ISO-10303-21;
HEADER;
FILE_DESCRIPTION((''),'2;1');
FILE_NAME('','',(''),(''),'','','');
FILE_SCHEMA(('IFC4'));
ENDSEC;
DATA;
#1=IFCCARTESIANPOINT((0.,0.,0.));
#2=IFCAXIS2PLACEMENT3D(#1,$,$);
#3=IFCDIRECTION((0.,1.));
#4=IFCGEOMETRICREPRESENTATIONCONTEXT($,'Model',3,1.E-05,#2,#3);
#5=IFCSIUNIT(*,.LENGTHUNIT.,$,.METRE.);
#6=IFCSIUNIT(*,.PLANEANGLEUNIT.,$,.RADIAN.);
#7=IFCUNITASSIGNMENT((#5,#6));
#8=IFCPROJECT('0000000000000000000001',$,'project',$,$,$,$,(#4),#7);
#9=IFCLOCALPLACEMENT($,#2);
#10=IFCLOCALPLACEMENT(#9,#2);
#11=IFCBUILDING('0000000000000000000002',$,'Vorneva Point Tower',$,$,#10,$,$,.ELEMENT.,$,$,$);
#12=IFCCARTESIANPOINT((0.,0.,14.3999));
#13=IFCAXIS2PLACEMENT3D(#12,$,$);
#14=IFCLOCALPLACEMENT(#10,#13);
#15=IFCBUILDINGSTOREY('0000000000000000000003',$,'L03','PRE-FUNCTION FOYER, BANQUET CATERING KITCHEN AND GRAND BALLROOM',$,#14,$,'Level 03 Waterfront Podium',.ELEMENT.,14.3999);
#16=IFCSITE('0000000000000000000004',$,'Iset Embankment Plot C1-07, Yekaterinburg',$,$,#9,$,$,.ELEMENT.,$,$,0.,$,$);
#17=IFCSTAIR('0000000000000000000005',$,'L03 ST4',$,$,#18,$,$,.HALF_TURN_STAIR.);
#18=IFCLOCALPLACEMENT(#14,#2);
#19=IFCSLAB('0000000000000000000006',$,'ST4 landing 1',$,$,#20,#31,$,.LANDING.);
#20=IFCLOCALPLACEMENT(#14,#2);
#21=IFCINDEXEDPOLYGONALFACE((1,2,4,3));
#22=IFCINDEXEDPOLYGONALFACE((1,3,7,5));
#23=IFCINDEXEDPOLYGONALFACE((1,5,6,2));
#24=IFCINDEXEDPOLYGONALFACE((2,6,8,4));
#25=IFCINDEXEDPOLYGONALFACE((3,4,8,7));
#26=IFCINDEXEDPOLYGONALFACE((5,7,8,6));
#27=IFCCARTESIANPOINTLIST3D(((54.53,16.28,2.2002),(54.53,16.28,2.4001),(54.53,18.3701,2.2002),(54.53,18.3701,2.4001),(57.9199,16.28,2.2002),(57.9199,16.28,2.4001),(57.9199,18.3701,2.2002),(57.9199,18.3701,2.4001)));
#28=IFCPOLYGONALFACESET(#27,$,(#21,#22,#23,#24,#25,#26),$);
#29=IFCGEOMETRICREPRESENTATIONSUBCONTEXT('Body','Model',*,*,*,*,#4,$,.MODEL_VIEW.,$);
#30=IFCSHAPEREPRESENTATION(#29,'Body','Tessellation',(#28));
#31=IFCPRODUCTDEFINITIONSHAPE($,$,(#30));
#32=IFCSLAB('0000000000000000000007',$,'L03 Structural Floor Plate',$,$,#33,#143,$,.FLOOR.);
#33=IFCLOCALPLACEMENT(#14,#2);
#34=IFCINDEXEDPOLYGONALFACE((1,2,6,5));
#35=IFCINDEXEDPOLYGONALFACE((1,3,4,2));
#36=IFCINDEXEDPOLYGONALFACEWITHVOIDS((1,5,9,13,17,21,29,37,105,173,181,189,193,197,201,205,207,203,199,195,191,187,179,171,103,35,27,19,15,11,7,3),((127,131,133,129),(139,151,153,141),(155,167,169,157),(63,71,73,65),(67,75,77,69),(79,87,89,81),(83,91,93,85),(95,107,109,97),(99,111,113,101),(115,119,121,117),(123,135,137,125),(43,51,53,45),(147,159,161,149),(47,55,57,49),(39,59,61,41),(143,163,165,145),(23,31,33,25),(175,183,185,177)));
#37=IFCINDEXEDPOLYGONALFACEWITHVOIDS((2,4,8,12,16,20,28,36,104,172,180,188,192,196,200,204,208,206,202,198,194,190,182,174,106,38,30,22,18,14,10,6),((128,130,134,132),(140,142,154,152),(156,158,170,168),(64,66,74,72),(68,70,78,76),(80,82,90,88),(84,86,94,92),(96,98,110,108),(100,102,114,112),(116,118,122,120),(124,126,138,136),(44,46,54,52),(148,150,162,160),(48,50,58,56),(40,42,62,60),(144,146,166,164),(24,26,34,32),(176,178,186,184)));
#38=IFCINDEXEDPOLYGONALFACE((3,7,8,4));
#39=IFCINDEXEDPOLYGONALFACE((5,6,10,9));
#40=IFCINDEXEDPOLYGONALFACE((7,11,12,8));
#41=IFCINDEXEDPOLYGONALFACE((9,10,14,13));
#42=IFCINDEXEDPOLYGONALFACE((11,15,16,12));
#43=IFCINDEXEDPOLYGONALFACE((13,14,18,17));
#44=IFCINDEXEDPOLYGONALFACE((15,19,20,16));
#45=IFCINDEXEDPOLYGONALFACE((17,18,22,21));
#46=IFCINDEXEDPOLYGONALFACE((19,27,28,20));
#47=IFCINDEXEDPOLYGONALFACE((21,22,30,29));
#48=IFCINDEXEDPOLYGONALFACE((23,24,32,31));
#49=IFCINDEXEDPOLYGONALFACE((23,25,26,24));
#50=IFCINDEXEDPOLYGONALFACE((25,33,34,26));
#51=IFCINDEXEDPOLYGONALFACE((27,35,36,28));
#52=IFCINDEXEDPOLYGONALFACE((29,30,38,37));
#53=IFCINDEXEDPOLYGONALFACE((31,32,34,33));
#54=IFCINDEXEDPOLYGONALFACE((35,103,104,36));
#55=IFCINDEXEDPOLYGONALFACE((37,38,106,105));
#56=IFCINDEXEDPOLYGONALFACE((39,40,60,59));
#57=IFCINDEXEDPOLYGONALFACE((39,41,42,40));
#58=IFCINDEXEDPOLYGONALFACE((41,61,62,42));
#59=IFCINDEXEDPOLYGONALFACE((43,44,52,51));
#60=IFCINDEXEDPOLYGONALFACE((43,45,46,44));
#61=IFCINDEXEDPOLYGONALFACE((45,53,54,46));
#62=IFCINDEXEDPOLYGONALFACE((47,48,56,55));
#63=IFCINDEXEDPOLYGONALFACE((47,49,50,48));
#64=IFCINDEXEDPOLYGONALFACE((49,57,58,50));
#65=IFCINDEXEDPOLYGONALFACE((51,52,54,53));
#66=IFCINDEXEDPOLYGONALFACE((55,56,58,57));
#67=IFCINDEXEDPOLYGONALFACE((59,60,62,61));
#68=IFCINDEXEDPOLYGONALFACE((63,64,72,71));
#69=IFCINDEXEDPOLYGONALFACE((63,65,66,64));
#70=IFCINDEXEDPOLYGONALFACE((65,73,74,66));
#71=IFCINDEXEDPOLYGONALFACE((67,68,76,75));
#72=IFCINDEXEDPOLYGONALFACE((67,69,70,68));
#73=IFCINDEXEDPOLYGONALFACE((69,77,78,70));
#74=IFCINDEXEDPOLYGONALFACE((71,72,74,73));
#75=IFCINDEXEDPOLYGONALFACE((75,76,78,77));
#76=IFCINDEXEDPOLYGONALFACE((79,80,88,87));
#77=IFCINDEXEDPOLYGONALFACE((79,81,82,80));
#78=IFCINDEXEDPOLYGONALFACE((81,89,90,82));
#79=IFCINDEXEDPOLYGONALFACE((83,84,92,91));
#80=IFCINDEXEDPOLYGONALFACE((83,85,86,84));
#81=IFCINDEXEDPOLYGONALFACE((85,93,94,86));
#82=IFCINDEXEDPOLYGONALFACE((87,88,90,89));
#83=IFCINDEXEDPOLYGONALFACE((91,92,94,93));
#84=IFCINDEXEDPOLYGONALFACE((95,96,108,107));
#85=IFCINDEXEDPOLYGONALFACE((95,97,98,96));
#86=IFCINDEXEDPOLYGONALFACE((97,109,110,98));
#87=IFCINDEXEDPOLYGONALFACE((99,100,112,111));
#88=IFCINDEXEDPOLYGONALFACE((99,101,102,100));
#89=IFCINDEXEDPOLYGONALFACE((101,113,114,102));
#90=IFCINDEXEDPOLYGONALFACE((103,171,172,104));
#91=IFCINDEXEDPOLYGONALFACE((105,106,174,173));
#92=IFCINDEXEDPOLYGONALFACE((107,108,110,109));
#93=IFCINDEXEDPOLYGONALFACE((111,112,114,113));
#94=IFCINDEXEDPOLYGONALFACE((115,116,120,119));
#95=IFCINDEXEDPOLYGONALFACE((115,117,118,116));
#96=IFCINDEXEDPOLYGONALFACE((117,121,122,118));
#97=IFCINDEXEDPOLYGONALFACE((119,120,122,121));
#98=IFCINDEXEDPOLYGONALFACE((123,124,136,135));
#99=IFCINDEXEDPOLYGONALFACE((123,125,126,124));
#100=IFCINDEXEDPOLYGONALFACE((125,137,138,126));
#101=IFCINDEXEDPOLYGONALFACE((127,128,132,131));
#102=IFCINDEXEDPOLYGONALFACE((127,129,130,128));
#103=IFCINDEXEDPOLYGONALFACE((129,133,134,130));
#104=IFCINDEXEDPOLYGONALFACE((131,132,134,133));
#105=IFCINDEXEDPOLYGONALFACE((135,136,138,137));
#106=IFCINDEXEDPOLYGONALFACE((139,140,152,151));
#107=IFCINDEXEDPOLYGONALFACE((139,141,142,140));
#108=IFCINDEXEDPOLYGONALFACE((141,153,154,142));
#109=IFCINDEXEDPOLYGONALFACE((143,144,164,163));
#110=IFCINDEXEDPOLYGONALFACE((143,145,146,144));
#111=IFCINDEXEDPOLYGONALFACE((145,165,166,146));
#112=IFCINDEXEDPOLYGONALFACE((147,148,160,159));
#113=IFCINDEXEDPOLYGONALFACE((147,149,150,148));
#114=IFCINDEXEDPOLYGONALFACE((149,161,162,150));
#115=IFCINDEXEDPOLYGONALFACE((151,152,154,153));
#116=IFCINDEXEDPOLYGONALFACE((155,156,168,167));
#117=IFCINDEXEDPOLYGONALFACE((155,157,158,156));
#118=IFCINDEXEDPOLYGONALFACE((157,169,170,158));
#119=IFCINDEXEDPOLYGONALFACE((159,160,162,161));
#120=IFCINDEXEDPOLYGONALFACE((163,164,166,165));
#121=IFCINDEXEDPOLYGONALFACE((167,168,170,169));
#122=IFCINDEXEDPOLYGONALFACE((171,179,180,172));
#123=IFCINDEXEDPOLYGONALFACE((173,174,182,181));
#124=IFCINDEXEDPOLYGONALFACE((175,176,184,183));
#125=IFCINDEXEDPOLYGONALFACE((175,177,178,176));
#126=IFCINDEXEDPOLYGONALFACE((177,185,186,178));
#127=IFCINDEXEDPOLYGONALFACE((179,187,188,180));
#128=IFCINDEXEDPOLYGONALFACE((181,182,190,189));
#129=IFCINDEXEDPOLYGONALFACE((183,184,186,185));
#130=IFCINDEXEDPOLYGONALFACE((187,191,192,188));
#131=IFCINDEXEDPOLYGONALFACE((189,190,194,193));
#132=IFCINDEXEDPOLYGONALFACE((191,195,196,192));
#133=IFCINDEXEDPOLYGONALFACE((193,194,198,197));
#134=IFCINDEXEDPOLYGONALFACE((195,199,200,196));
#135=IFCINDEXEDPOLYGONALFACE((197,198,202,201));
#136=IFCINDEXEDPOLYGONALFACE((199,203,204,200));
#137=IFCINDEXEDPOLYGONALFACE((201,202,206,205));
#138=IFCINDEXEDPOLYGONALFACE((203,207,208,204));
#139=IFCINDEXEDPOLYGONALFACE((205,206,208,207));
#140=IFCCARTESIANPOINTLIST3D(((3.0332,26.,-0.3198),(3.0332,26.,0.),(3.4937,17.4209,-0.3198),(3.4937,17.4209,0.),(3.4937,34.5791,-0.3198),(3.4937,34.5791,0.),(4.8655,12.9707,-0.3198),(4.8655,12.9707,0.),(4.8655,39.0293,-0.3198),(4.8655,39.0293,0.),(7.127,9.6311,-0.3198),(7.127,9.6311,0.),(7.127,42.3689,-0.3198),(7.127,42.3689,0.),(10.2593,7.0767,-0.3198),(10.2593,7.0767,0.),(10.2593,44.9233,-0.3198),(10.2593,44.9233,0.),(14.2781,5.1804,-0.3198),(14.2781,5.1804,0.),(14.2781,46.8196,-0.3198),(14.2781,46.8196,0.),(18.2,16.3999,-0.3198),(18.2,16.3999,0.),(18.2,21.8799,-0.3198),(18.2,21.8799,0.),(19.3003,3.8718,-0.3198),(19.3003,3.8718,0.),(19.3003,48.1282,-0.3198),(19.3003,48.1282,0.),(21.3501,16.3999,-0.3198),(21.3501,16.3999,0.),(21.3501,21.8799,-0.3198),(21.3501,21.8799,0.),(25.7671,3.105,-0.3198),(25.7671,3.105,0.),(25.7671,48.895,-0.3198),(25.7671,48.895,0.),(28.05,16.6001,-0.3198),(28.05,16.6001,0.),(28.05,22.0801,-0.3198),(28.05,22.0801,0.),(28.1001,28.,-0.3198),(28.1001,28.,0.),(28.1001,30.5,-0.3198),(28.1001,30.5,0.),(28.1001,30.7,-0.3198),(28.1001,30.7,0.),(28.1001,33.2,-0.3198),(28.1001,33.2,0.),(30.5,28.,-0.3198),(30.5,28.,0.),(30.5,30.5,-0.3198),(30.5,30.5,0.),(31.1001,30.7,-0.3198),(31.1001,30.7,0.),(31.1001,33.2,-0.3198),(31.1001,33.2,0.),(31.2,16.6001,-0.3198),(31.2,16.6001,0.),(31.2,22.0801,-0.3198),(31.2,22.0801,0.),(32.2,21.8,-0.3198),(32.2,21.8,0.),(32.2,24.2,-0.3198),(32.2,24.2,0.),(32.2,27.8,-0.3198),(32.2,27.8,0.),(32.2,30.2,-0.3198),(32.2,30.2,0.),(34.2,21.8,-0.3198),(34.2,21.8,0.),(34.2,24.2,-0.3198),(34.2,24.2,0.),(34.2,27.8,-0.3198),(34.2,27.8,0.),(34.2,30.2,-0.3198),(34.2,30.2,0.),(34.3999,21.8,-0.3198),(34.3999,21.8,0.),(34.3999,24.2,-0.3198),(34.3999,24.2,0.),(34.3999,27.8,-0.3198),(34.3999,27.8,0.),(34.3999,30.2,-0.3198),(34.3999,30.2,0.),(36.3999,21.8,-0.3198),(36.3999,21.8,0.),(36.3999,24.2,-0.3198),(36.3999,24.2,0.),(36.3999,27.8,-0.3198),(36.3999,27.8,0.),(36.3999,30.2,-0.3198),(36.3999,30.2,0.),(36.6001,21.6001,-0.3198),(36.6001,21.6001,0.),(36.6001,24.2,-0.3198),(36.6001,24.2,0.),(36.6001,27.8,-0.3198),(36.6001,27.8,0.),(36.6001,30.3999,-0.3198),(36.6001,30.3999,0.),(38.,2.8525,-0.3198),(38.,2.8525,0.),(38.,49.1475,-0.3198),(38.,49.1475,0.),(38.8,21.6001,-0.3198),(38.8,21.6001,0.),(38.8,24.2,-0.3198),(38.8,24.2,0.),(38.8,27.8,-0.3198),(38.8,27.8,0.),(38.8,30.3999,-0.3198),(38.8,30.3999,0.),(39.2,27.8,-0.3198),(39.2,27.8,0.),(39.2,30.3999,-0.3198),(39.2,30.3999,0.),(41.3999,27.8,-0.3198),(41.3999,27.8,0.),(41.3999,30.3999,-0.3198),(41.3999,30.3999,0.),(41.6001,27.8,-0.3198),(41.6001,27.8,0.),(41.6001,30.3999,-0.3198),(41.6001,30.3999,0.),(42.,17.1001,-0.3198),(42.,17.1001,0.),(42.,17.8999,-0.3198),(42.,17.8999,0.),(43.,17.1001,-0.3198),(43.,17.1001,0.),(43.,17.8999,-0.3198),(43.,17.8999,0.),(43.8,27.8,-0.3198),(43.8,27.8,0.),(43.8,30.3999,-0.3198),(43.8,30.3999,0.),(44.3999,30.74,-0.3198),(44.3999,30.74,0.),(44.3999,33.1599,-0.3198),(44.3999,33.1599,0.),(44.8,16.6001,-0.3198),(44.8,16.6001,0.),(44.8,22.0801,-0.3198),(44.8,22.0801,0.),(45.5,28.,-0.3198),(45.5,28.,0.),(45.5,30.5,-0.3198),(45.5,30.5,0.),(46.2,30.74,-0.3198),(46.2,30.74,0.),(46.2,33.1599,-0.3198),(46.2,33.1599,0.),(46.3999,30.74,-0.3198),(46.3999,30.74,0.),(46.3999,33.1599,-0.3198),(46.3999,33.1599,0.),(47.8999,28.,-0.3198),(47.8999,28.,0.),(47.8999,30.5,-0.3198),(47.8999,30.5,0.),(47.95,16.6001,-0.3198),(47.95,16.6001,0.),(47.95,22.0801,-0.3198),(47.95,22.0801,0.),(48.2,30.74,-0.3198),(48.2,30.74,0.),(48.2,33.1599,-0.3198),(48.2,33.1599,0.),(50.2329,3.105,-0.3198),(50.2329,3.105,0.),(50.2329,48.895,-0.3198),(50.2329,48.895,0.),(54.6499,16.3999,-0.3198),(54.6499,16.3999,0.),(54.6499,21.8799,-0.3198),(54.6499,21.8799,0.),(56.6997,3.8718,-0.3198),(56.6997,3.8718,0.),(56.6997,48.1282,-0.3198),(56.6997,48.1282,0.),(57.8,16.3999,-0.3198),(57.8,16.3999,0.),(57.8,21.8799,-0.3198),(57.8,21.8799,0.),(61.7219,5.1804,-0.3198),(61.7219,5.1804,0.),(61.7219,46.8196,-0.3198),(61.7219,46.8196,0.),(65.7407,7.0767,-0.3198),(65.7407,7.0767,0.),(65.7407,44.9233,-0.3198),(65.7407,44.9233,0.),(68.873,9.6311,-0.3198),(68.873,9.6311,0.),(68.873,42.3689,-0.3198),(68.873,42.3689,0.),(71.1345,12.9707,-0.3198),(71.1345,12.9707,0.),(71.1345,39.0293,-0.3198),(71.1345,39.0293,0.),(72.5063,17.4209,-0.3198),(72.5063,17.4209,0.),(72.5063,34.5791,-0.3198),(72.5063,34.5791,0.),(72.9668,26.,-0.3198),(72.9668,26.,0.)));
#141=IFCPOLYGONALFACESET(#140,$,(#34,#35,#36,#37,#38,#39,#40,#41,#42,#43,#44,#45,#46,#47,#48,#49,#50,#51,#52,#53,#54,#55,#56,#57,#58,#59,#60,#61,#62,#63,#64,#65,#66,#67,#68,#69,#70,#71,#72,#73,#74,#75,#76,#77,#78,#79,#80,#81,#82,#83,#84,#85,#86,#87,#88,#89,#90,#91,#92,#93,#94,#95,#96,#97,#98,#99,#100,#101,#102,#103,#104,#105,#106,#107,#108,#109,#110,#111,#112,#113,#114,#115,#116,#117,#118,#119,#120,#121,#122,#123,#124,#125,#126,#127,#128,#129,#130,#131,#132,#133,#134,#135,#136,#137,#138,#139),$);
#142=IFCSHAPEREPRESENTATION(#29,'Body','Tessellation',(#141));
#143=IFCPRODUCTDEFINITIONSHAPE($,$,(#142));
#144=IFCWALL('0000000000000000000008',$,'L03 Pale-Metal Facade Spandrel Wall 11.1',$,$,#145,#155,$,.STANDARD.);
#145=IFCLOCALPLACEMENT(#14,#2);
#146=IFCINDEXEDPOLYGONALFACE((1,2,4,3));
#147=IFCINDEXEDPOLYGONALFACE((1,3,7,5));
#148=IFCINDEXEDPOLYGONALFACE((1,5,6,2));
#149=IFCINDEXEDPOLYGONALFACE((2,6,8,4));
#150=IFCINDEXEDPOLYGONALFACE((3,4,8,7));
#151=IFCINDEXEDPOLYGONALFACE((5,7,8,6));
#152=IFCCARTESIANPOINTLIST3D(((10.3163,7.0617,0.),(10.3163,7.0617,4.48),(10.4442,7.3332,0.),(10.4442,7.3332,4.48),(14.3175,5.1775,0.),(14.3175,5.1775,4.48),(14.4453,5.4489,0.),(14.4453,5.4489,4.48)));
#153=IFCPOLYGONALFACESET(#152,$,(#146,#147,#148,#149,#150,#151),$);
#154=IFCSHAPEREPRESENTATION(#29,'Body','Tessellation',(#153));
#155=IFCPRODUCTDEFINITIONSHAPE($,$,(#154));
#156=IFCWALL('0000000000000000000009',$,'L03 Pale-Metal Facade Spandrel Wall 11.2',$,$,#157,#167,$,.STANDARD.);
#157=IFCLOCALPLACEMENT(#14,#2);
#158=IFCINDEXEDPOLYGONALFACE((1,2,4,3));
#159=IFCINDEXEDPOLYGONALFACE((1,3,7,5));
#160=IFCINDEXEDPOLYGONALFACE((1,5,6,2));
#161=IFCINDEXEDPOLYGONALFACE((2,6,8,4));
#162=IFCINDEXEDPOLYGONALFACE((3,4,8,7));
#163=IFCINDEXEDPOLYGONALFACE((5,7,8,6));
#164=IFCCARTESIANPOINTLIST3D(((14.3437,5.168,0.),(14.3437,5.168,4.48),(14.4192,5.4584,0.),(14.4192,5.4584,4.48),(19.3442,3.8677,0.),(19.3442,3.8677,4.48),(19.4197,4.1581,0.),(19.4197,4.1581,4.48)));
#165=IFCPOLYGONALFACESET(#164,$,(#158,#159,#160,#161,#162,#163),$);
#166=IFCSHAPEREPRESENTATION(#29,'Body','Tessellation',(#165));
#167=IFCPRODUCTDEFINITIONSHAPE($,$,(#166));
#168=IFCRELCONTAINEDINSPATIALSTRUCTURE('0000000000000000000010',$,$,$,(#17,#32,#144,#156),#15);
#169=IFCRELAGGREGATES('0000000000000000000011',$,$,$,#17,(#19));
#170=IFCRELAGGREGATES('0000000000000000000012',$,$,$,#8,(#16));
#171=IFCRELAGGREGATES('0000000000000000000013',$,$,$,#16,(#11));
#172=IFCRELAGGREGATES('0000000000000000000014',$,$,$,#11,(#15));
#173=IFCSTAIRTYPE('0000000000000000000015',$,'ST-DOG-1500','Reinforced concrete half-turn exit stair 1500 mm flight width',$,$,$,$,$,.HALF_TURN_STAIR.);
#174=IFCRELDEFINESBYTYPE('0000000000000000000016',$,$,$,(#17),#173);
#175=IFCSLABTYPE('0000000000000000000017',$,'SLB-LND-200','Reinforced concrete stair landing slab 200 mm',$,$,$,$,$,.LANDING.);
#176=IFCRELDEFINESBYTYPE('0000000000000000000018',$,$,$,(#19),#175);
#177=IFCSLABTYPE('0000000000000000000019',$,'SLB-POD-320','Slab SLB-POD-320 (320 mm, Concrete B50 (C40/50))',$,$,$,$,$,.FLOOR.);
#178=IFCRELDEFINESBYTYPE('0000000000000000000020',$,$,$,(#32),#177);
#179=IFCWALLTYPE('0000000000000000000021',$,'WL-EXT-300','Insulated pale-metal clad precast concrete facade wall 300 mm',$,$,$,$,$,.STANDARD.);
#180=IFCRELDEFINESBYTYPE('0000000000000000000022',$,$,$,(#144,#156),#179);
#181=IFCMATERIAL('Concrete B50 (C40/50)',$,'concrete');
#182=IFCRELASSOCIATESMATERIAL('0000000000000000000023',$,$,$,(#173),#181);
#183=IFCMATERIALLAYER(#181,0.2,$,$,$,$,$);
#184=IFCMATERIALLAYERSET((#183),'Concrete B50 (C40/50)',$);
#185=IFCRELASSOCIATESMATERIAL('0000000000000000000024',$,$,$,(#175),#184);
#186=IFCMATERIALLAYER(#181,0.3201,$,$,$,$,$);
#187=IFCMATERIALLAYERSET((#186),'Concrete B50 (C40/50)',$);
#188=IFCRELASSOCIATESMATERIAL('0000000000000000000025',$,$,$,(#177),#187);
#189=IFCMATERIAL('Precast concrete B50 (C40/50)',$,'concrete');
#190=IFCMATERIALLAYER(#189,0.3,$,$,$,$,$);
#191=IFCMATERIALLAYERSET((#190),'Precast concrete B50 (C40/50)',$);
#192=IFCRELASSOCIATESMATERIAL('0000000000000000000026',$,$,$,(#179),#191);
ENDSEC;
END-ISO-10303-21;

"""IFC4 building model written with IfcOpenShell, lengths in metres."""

from ifc_helpers import new_model, si_unit, direction, frame, frame_2d, origin, place, context, subcontext, project, spatial, polyline, rectangle, outline, extrude, material, layer, layer_set, type_object, element, aggregate, save


model = new_model("IFC4")

# Units and contexts
model_context = context("Model", 3, precision=1e-05, world=origin(), true_north=direction((0.0, 1.0)))
body_context = subcontext(model_context, "Body", "Model", "MODEL_VIEW")
ifc_project = project(units=[si_unit("LENGTHUNIT", "METRE"), si_unit("PLANEANGLEUNIT", "RADIAN")], contexts=[model_context])

# Site, building, storey
site_placement = place(None, origin())
site = spatial("IfcSite", under=ifc_project, at=site_placement, Name="Iset Embankment Plot C1-07, Yekaterinburg", CompositionType="ELEMENT", RefElevation=0.0)
building_placement = place(site_placement, origin())
building = spatial("IfcBuilding", under=site, at=building_placement, Name="Vorneva Point Tower", CompositionType="ELEMENT")
storey_placement = place(building_placement, frame((0.0, 0.0, 14.3999)))
storey = spatial("IfcBuildingStorey", under=building, at=storey_placement, Name="L03", Description="PRE-FUNCTION FOYER, BANQUET CATERING KITCHEN AND GRAND BALLROOM", LongName="Level 03 Waterfront Podium", CompositionType="ELEMENT", Elevation=14.3999)

# Stair, slab
ifc_material_1 = material(Name="Concrete B50 (C40/50)", Category="concrete")
stair_type = type_object("IfcStairType", Name="ST-DOG-1500", Description="Reinforced concrete half-turn exit stair 1500 mm flight width", PredefinedType="HALF_TURN_STAIR", material=ifc_material_1)
ifc_layer_1 = layer(ifc_material_1, 0.2)
ifc_layer_set_1 = layer_set([ifc_layer_1], Name="Concrete B50 (C40/50)")
slab_type_1 = type_object("IfcSlabType", Name="SLB-LND-200", Description="Reinforced concrete stair landing slab 200 mm", PredefinedType="LANDING", material=ifc_layer_set_1)
stair_1_placement = place(storey_placement, origin())
stair_1 = element("IfcStair", 1, at=stair_1_placement, inside=storey, type_object=stair_type, Name="L03 ST4", PredefinedType="HALF_TURN_STAIR")
slab_1_placement = place(storey_placement, frame((0.0, 0.0, 2.2002)))
slab_1 = element("IfcSlab", 2, at=slab_1_placement, type_object=slab_type_1, Name="ST4 landing 1", PredefinedType="LANDING", context=body_context, shape_type="SweptSolid", body=[
    extrude(outline(polyline([(54.53, 16.28), (57.9199, 16.28), (57.9199, 18.3701), (54.53, 18.3701), (54.53, 16.28)])), origin(), (0.0, 0.0, 1.0), 0.2),
])
aggregate(stair_1, [slab_1])

# Slab
ifc_layer_2 = layer(ifc_material_1, 0.3201)
ifc_layer_set_2 = layer_set([ifc_layer_2], Name="Concrete B50 (C40/50)")
slab_type_2 = type_object("IfcSlabType", Name="SLB-POD-320", Description="Slab SLB-POD-320 (320 mm, Concrete B50 (C40/50))", PredefinedType="FLOOR", material=ifc_layer_set_2)
slab_2_placement = place(storey_placement, frame((0.0, 0.0, -0.3198)))
element("IfcSlab", 3, at=slab_2_placement, inside=storey, type_object=slab_type_2, Name="L03 Structural Floor Plate", PredefinedType="FLOOR", context=body_context, shape_type="SweptSolid", body=[
    extrude(outline(polyline([(72.9668, 26.0), (72.5063, 34.5791), (71.1345, 39.0293), (68.873, 42.3689), (65.7407, 44.9233), (61.7219, 46.8196), (56.6997, 48.1282), (50.2329, 48.895), (38.0, 49.1475), (25.7671, 48.895), (19.3003, 48.1282), (14.2781, 46.8196), (10.2593, 44.9233), (7.127, 42.3689), (4.8655, 39.0293), (3.4937, 34.5791), (3.0332, 26.0), (3.4937, 17.4209), (4.8655, 12.9707), (7.127, 9.6311), (10.2593, 7.0767), (14.2781, 5.1804), (19.3003, 3.8718), (25.7671, 3.105), (38.0, 2.8525), (50.2329, 3.105), (56.6997, 3.8718), (61.7219, 5.1804), (65.7407, 7.0767), (68.873, 9.6311), (71.1345, 12.9707), (72.5063, 17.4209), (72.9668, 26.0)]), holes=[polyline([(32.2, 27.8), (34.2, 27.8), (34.2, 30.2), (32.2, 30.2), (32.2, 27.8)]), polyline([(34.3999, 27.8), (36.3999, 27.8), (36.3999, 30.2), (34.3999, 30.2), (34.3999, 27.8)]), polyline([(36.6001, 27.8), (38.8, 27.8), (38.8, 30.3999), (36.6001, 30.3999), (36.6001, 27.8)]), polyline([(32.2, 21.8), (34.2, 21.8), (34.2, 24.2), (32.2, 24.2), (32.2, 21.8)]), polyline([(34.3999, 21.8), (36.3999, 21.8), (36.3999, 24.2), (34.3999, 24.2), (34.3999, 21.8)]), polyline([(36.6001, 21.6001), (38.8, 21.6001), (38.8, 24.2), (36.6001, 24.2), (36.6001, 21.6001)]), polyline([(39.2, 27.8), (41.3999, 27.8), (41.3999, 30.3999), (39.2, 30.3999), (39.2, 27.8)]), polyline([(41.6001, 27.8), (43.8, 27.8), (43.8, 30.3999), (41.6001, 30.3999), (41.6001, 27.8)]), polyline([(44.3999, 30.74), (46.2, 30.74), (46.2, 33.1599), (44.3999, 33.1599), (44.3999, 30.74)]), polyline([(46.3999, 30.74), (48.2, 30.74), (48.2, 33.1599), (46.3999, 33.1599), (46.3999, 30.74)]), polyline([(28.1001, 28.0), (30.5, 28.0), (30.5, 30.5), (28.1001, 30.5), (28.1001, 28.0)]), polyline([(45.5, 28.0), (47.8999, 28.0), (47.8999, 30.5), (45.5, 30.5), (45.5, 28.0)]), polyline([(28.1001, 30.7), (31.1001, 30.7), (31.1001, 33.2), (28.1001, 33.2), (28.1001, 30.7)]), polyline([(28.05, 16.6001), (31.2, 16.6001), (31.2, 22.0801), (28.05, 22.0801), (28.05, 16.6001)]), polyline([(44.8, 16.6001), (47.95, 16.6001), (47.95, 22.0801), (44.8, 22.0801), (44.8, 16.6001)]), polyline([(18.2, 16.3999), (21.3501, 16.3999), (21.3501, 21.8799), (18.2, 21.8799), (18.2, 16.3999)]), polyline([(54.6499, 16.3999), (57.8, 16.3999), (57.8, 21.8799), (54.6499, 21.8799), (54.6499, 16.3999)]), polyline([(42.0, 17.1001), (43.0, 17.1001), (43.0, 17.8999), (42.0, 17.8999), (42.0, 17.1001)])]), origin(), (0.0, 0.0, 1.0), 0.3198),
])

# Walls
ifc_material_2 = material(Name="Precast concrete B50 (C40/50)", Category="concrete")
ifc_layer_3 = layer(ifc_material_2, 0.3)
ifc_layer_set_3 = layer_set([ifc_layer_3], Name="Precast concrete B50 (C40/50)")
wall_type_1 = type_object("IfcWallType", Name="WL-EXT-300", Description="Insulated pale-metal clad precast concrete facade wall 300 mm", PredefinedType="STANDARD", material=ifc_layer_set_3)
wall_1_placement = place(storey_placement, frame((10.3801, 7.1975, 0.0), z_axis=(0.0, 0.0, 1.0), x_axis=(0.904701, -0.426047, 0.0)))
element("IfcWall", 4, at=wall_1_placement, inside=storey, type_object=wall_type_1, Name="L03 Pale-Metal Facade Spandrel Wall 11.1", PredefinedType="STANDARD", context=body_context, shape_type="SweptSolid", body=[
    extrude(rectangle(XDim=4.4226, YDim=0.3, at=frame_2d((2.2114, 0.0))), origin(), (0.0, 0.0, 1.0), 4.48),
])
wall_2_placement = place(storey_placement, frame((14.3813, 5.3132, 0.0), z_axis=(0.0, 0.0, 1.0), x_axis=(0.967815, -0.251664, 0.0)))
element("IfcWall", 5, at=wall_2_placement, inside=storey, type_object=wall_type_1, Name="L03 Pale-Metal Facade Spandrel Wall 11.2", PredefinedType="STANDARD", context=body_context, shape_type="SweptSolid", body=[
    extrude(rectangle(XDim=5.1667, YDim=0.3, at=frame_2d((2.5835, 0.0))), origin(), (0.0, 0.0, 1.0), 4.48),
])

save(model, "model.ifc")
